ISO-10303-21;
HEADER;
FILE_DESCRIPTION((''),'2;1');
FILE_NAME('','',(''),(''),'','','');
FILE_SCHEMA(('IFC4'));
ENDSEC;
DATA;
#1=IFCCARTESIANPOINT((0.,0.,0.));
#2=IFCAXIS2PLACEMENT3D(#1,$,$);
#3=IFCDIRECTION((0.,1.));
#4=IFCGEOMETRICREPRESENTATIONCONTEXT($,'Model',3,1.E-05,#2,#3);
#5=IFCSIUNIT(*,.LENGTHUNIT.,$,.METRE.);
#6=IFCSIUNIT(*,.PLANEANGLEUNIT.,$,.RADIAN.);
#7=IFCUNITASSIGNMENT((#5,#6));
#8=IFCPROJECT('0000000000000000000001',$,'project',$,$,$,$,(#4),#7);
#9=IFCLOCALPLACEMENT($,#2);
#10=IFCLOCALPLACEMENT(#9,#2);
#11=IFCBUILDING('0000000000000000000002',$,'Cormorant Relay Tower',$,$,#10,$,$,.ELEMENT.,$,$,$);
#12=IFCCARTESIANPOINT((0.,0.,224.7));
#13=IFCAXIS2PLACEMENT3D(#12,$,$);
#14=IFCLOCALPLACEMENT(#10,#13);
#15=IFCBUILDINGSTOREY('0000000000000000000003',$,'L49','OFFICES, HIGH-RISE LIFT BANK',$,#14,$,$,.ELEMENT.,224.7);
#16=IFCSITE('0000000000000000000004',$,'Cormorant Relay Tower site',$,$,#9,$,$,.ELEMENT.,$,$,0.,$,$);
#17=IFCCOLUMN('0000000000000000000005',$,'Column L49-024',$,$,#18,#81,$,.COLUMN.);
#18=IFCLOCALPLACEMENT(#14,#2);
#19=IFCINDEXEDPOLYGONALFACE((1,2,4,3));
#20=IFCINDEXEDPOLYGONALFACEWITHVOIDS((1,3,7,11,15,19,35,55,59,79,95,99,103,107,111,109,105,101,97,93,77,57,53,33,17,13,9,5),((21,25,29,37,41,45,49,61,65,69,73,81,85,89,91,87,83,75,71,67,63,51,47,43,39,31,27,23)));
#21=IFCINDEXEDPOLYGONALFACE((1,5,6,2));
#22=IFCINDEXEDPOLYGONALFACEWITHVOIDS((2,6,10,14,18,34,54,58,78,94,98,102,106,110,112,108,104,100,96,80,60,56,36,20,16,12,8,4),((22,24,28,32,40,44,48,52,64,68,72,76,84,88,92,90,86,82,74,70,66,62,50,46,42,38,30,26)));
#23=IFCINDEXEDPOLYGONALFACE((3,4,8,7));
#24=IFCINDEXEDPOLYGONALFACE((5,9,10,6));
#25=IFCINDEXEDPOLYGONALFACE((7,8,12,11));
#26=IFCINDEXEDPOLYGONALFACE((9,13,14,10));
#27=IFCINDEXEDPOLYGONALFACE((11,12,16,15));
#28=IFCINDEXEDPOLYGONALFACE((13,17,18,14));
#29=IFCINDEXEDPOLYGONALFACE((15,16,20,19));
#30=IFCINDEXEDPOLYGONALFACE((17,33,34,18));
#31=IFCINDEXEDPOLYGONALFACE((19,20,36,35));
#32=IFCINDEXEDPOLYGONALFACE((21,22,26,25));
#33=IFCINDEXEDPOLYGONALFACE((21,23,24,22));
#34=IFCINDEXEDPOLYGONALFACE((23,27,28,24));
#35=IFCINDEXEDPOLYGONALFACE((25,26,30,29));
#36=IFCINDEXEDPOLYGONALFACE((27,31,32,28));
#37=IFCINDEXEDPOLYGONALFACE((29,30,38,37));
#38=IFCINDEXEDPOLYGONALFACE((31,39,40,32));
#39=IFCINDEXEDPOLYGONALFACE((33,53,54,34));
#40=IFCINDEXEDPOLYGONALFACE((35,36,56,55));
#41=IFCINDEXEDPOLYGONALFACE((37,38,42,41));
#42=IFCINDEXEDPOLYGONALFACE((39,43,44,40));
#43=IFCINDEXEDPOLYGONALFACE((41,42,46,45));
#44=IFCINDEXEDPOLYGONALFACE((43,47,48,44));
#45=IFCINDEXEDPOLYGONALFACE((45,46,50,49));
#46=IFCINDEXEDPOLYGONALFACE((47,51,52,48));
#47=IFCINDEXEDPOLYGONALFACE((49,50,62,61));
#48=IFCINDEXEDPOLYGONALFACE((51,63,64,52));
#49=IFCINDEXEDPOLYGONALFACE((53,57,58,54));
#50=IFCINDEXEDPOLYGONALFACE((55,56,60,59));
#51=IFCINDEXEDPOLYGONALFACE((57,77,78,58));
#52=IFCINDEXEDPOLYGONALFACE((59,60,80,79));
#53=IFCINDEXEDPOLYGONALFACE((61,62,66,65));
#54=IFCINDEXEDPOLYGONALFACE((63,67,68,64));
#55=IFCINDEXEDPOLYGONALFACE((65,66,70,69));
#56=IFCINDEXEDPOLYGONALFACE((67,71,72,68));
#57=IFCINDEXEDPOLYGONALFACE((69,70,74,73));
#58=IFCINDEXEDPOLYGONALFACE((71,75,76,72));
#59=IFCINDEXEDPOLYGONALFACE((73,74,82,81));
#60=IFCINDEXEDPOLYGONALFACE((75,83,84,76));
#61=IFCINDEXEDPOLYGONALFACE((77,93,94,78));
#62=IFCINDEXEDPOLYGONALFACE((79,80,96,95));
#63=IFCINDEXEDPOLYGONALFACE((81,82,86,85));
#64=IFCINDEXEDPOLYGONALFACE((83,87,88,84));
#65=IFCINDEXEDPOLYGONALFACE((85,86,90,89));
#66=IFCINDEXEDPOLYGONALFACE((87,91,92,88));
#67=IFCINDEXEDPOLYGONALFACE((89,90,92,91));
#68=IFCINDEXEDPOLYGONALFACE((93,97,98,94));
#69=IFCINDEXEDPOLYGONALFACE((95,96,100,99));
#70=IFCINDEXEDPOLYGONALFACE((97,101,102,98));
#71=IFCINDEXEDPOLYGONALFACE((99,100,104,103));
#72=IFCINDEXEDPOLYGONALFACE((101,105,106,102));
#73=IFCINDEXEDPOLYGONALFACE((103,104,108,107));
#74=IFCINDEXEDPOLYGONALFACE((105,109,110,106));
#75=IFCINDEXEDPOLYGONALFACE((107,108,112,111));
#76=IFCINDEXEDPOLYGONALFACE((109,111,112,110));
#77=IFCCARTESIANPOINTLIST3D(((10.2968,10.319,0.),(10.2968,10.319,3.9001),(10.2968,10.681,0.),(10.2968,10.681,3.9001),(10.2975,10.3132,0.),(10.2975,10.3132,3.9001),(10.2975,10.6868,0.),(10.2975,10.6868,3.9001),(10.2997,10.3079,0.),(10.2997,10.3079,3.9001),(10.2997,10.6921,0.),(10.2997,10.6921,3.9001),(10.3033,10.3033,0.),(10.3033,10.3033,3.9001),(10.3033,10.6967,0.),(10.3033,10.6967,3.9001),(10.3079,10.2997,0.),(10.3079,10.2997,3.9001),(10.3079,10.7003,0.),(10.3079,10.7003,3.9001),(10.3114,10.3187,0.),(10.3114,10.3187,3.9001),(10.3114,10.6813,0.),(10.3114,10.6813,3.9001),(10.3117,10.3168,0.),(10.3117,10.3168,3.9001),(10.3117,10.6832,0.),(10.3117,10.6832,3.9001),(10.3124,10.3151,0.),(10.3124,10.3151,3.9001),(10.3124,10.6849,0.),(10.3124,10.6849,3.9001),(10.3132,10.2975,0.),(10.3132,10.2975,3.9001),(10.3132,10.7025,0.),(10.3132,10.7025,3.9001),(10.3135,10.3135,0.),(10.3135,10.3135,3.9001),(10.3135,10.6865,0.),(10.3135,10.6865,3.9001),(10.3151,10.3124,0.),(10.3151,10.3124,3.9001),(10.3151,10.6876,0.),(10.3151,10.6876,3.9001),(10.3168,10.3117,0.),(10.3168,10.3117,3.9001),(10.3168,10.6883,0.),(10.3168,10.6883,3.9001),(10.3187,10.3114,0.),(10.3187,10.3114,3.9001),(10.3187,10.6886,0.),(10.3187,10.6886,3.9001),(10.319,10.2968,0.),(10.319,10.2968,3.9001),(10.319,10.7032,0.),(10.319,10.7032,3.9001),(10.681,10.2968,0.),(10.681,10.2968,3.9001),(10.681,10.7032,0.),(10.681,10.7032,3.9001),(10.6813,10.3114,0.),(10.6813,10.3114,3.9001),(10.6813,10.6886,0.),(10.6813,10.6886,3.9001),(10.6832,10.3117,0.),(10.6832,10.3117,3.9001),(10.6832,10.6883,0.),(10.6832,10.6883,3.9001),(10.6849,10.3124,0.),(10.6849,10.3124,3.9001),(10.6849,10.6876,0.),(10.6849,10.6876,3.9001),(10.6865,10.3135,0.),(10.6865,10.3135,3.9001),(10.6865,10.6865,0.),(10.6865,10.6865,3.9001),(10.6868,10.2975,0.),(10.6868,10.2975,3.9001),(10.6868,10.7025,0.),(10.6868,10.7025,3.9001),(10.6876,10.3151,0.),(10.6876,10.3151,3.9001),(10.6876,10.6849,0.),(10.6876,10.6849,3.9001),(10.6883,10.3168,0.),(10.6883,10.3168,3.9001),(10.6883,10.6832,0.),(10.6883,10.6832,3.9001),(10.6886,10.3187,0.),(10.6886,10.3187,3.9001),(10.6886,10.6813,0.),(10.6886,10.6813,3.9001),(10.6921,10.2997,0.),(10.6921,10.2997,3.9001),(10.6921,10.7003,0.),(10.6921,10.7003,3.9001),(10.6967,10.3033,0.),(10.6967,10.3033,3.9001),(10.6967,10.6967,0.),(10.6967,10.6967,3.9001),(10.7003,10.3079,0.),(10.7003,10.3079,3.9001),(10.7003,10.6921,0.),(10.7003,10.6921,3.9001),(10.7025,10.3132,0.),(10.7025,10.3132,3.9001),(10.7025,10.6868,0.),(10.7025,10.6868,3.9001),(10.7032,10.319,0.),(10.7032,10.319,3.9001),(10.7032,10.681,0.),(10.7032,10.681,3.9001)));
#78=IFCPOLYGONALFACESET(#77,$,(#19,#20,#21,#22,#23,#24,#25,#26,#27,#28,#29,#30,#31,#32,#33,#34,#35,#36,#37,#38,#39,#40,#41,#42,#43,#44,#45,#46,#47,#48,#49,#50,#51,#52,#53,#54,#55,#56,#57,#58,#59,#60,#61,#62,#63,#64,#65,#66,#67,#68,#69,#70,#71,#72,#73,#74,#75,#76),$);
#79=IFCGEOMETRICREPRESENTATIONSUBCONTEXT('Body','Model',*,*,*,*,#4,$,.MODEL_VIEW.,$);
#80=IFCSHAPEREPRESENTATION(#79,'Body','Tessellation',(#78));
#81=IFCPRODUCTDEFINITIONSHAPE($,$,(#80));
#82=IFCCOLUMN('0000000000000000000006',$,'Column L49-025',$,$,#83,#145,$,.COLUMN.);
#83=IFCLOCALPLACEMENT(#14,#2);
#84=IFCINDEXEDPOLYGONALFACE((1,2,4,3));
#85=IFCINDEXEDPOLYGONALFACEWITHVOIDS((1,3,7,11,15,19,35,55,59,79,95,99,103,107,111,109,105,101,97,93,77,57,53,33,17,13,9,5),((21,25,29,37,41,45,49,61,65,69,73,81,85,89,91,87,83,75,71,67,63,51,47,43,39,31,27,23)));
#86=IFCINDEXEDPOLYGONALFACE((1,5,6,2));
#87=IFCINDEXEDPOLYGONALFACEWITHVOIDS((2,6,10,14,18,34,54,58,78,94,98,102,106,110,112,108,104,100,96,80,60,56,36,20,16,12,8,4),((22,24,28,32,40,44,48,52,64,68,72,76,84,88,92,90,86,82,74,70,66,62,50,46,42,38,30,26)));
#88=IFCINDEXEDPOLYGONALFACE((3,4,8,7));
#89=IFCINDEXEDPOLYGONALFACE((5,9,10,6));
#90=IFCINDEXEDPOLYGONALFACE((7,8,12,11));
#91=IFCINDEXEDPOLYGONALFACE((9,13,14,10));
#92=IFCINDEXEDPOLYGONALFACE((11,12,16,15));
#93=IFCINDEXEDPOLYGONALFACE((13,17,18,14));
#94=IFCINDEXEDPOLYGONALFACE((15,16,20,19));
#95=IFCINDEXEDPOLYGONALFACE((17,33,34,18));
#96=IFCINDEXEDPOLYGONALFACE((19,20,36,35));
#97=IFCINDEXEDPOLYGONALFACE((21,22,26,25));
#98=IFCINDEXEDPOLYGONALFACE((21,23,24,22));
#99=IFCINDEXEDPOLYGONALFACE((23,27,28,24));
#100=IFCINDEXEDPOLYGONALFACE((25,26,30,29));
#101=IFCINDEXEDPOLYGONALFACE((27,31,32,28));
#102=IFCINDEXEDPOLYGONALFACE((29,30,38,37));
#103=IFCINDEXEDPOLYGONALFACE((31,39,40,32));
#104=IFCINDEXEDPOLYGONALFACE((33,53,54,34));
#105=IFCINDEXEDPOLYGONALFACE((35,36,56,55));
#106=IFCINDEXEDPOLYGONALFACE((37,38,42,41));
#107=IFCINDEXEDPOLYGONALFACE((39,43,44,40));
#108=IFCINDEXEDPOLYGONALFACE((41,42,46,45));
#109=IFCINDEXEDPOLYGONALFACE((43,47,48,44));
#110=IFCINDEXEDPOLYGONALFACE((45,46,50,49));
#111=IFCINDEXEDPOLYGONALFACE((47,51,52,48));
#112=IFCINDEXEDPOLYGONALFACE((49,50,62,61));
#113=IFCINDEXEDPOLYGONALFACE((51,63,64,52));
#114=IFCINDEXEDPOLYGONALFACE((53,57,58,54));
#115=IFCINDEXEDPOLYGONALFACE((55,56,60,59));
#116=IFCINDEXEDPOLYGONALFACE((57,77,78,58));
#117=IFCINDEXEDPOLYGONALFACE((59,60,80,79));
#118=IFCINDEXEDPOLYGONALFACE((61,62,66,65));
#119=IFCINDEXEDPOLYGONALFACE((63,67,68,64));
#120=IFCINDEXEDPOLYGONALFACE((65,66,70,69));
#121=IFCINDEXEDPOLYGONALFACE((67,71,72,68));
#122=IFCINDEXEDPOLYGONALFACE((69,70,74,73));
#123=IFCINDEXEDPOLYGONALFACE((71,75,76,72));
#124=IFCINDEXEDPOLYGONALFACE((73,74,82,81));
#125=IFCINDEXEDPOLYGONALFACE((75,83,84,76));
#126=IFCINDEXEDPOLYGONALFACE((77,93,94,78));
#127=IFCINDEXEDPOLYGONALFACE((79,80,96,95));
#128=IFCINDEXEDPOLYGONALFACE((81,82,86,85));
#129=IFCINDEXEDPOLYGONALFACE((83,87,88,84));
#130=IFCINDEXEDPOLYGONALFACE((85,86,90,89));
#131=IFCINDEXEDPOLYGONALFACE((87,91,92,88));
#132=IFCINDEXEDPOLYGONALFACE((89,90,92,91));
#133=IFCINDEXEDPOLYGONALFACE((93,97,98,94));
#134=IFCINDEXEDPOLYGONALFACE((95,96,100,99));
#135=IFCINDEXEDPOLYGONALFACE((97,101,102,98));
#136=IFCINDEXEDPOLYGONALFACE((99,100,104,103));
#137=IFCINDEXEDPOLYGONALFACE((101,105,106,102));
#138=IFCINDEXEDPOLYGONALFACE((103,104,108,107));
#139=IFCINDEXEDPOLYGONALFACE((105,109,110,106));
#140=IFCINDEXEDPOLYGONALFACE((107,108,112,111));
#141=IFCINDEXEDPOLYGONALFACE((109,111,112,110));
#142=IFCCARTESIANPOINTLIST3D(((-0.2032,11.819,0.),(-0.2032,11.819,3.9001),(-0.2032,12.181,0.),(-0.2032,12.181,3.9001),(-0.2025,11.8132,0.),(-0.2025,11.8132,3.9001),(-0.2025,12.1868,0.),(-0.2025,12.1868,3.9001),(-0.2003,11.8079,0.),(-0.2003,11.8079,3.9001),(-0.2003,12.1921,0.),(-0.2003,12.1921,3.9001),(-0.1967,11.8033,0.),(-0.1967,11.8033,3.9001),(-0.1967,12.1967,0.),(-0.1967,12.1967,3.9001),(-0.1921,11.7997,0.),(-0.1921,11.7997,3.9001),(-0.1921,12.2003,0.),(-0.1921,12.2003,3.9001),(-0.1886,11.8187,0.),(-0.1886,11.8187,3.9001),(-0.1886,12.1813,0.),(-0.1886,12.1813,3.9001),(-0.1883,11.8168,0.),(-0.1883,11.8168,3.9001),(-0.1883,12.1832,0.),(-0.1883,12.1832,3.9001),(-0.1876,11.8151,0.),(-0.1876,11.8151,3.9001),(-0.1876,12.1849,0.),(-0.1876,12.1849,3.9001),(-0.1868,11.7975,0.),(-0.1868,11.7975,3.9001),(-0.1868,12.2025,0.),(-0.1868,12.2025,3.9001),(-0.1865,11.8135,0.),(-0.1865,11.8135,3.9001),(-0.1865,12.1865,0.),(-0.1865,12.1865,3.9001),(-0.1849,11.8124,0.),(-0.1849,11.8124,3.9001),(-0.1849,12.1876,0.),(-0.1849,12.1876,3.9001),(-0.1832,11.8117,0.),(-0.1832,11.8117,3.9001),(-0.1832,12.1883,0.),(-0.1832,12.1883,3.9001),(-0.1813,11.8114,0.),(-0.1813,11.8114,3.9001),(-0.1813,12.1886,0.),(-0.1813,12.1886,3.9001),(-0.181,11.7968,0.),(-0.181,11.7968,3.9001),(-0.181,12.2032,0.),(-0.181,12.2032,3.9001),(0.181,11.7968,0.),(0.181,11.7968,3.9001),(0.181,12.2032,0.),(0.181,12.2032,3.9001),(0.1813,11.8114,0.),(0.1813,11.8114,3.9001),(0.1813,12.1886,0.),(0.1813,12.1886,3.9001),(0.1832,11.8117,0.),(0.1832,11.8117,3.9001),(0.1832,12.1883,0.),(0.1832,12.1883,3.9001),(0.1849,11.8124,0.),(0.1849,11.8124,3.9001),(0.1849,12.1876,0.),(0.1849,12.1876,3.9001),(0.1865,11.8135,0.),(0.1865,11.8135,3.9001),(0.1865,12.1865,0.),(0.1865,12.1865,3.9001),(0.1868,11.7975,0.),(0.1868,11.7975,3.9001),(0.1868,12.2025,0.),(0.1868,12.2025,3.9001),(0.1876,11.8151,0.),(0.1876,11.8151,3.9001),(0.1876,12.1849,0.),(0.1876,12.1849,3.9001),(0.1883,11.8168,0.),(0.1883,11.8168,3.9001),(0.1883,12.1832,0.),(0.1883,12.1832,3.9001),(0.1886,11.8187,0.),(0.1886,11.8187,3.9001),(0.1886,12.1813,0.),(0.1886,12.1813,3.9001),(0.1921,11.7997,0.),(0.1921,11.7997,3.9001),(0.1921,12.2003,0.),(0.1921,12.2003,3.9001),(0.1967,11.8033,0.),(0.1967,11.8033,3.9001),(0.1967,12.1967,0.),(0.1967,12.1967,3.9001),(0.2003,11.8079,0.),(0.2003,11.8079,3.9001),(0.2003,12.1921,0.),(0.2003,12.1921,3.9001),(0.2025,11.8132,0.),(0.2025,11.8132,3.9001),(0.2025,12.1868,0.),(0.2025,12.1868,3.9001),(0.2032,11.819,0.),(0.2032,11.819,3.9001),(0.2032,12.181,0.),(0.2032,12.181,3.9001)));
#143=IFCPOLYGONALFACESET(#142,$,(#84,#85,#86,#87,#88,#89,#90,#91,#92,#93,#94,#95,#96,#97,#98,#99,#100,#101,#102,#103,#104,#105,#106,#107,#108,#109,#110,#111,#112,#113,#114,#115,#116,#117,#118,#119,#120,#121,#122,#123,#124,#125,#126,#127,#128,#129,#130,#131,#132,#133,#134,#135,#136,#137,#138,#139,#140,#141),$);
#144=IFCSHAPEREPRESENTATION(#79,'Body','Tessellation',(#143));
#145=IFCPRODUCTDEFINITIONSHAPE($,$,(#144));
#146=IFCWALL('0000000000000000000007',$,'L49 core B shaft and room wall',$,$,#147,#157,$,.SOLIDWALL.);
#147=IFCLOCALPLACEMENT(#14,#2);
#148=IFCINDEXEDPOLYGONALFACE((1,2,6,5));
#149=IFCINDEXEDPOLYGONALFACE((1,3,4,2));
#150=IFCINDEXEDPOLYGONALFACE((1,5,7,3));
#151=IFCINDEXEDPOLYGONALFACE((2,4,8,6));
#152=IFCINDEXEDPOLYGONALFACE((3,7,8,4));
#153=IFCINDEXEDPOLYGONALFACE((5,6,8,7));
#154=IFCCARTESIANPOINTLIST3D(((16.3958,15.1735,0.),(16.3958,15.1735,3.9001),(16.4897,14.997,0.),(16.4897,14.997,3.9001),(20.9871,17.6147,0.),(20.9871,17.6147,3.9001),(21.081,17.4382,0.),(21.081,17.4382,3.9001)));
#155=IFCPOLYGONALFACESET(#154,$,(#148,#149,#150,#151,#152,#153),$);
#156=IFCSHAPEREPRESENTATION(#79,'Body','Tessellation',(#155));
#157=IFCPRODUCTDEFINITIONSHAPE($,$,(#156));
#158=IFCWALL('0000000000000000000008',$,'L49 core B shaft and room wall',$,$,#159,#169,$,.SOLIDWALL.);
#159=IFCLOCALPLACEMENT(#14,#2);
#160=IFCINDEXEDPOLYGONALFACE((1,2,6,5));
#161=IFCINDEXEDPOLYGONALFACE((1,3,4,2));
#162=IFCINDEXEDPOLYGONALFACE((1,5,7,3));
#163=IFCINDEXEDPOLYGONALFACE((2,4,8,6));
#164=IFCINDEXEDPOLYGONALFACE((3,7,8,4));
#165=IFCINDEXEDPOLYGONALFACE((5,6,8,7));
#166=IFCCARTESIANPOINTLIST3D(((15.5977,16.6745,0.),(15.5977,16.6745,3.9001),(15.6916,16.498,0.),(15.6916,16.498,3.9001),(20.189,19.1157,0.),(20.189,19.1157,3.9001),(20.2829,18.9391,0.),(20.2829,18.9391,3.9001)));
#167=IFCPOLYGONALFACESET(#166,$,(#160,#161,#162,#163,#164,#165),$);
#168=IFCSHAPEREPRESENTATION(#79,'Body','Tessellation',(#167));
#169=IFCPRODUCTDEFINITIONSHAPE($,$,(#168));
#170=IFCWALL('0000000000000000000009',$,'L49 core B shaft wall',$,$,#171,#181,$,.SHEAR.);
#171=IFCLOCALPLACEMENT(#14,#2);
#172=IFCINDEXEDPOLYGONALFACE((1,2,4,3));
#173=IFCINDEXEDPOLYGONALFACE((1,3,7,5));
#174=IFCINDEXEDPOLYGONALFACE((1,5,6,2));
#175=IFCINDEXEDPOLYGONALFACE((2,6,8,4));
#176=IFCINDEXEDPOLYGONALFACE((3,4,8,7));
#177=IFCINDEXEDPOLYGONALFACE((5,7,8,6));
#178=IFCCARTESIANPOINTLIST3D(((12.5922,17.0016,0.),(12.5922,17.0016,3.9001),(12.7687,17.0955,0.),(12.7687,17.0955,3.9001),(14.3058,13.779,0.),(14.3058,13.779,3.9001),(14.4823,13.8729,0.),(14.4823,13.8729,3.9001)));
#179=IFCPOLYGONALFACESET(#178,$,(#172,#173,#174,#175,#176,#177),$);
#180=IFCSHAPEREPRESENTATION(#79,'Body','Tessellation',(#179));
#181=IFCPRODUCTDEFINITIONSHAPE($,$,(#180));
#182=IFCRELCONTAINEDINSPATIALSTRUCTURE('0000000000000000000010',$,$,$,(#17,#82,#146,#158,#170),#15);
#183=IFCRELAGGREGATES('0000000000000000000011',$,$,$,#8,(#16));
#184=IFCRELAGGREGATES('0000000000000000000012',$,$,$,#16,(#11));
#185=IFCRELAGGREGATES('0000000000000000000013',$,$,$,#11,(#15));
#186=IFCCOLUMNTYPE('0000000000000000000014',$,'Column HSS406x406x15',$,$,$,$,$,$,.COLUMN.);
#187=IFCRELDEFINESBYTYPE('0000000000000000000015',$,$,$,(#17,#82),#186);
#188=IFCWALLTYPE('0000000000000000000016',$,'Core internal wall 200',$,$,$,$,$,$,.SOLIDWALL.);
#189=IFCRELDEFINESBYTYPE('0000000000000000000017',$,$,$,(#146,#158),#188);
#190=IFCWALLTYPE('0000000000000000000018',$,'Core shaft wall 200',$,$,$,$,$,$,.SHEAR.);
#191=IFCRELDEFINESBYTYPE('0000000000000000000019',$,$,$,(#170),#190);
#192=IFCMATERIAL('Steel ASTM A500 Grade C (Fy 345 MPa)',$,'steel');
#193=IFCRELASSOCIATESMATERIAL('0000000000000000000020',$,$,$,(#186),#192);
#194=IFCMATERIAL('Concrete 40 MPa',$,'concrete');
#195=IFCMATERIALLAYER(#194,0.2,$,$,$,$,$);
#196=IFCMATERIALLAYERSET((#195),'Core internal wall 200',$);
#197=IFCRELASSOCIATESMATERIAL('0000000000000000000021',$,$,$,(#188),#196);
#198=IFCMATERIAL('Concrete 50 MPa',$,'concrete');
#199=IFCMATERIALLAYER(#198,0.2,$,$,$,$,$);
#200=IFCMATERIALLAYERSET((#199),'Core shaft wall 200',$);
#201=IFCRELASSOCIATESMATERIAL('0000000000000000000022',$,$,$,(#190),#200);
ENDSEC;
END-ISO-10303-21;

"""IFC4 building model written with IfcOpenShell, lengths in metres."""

from ifc_helpers import new_model, si_unit, direction, frame, frame_2d, origin, origin_2d, place, context, subcontext, project, spatial, rectangle, hollow_rectangle, extrude, material, layer, layer_set, material_profile, profile_set, type_object, element, save


model = new_model("IFC4")

# Units and contexts
model_context = context("Model", 3, precision=1e-05, world=origin(), true_north=direction((0.0, 1.0)))
body_context = subcontext(model_context, "Body", "Model", "MODEL_VIEW")
ifc_project = project(units=[si_unit("LENGTHUNIT", "METRE"), si_unit("PLANEANGLEUNIT", "RADIAN")], contexts=[model_context])

# Site, building, storey
site_placement = place(None, origin())
site = spatial("IfcSite", under=ifc_project, at=site_placement, Name="Cormorant Relay Tower site", CompositionType="ELEMENT", RefElevation=0.0)
building_placement = place(site_placement, origin())
building = spatial("IfcBuilding", under=site, at=building_placement, Name="Cormorant Relay Tower", CompositionType="ELEMENT")
storey_placement = place(building_placement, frame((0.0, 0.0, 224.7)))
storey = spatial("IfcBuildingStorey", under=building, at=storey_placement, Name="L49", Description="OFFICES, HIGH-RISE LIFT BANK", CompositionType="ELEMENT", Elevation=224.7)

# Columns
ifc_material_1 = material(Name="Steel ASTM A500 Grade C (Fy 345 MPa)", Category="steel")
ifc_material_profile = material_profile(ifc_material_1, hollow_rectangle(XDim=0.4065, YDim=0.4065, WallThickness=0.0146, InnerFilletRadius=0.0073, OuterFilletRadius=0.0222, at=origin_2d()), Name="HSS406x406x15")
ifc_profile_set = profile_set([ifc_material_profile], Name="Steel ASTM A500 Grade C (Fy 345 MPa)")
column_type = type_object("IfcColumnType", Name="Column HSS406x406x15", PredefinedType="COLUMN", material=ifc_profile_set)
for number, where, z_axis, x_axis, name in (
    (1, (10.5, 10.5, 0.0), (0.0, 0.0, 1.0), (1.0, 0.0, 0.0), "Column L49-024"),
    (2, (0.0, 12.0, 0.0), (0.0, 0.0, 1.0), (1.0, 0.0, 0.0), "Column L49-025"),
):
    element("IfcColumn", number, at=place(storey_placement, frame(where, z_axis=z_axis, x_axis=x_axis)), inside=storey, type_object=column_type, Name=name, PredefinedType="COLUMN", context=body_context, shape_type="SweptSolid", body=[
        extrude(hollow_rectangle(XDim=0.4065, YDim=0.4065, WallThickness=0.0146, InnerFilletRadius=0.0073, OuterFilletRadius=0.0222, at=origin_2d()), origin(), (0.0, 0.0, 1.0), 3.9001),
    ])

# Walls
ifc_material_2 = material(Name="Concrete 40 MPa", Category="concrete")
ifc_layer_1 = layer(ifc_material_2, 0.2)
ifc_layer_set_1 = layer_set([ifc_layer_1], Name="Core internal wall 200")
wall_type_1 = type_object("IfcWallType", Name="Core internal wall 200", PredefinedType="SOLIDWALL", material=ifc_layer_set_1)
for number, where, z_axis, x_axis, name in (
    (3, (16.4426, 15.0852, 0.0), (0.0, 0.0, 1.0), (0.882954, 0.46946, 0.0), "L49 core B shaft and room wall"),
    (4, (15.6445, 16.5862, 0.0), (0.0, 0.0, 1.0), (0.882954, 0.46946, 0.0), "L49 core B shaft and room wall"),
):
    element("IfcWall", number, at=place(storey_placement, frame(where, z_axis=z_axis, x_axis=x_axis)), inside=storey, type_object=wall_type_1, Name=name, PredefinedType="SOLIDWALL", context=body_context, shape_type="SweptSolid", body=[
        extrude(rectangle(XDim=5.2, YDim=0.2, at=frame_2d((2.6001, 0.0))), origin(), (0.0, 0.0, 1.0), 3.9001),
    ])
ifc_material_3 = material(Name="Concrete 50 MPa", Category="concrete")
ifc_layer_2 = layer(ifc_material_3, 0.2)
ifc_layer_set_2 = layer_set([ifc_layer_2], Name="Core shaft wall 200")
wall_type_2 = type_object("IfcWallType", Name="Core shaft wall 200", PredefinedType="SHEAR", material=ifc_layer_set_2)
wall_1_placement = place(storey_placement, frame((14.394, 13.8259, 0.0), z_axis=(0.0, 0.0, 1.0), x_axis=(-0.469494, 0.882936, 0.0)))
element("IfcWall", 5, at=wall_1_placement, inside=storey, type_object=wall_type_2, Name="L49 core B shaft wall", PredefinedType="SHEAR", context=body_context, shape_type="SweptSolid", body=[
    extrude(rectangle(XDim=3.6499, YDim=0.2, at=frame_2d((1.825, 0.0))), origin(), (0.0, 0.0, 1.0), 3.9001),
])

save(model, "model.ifc")
